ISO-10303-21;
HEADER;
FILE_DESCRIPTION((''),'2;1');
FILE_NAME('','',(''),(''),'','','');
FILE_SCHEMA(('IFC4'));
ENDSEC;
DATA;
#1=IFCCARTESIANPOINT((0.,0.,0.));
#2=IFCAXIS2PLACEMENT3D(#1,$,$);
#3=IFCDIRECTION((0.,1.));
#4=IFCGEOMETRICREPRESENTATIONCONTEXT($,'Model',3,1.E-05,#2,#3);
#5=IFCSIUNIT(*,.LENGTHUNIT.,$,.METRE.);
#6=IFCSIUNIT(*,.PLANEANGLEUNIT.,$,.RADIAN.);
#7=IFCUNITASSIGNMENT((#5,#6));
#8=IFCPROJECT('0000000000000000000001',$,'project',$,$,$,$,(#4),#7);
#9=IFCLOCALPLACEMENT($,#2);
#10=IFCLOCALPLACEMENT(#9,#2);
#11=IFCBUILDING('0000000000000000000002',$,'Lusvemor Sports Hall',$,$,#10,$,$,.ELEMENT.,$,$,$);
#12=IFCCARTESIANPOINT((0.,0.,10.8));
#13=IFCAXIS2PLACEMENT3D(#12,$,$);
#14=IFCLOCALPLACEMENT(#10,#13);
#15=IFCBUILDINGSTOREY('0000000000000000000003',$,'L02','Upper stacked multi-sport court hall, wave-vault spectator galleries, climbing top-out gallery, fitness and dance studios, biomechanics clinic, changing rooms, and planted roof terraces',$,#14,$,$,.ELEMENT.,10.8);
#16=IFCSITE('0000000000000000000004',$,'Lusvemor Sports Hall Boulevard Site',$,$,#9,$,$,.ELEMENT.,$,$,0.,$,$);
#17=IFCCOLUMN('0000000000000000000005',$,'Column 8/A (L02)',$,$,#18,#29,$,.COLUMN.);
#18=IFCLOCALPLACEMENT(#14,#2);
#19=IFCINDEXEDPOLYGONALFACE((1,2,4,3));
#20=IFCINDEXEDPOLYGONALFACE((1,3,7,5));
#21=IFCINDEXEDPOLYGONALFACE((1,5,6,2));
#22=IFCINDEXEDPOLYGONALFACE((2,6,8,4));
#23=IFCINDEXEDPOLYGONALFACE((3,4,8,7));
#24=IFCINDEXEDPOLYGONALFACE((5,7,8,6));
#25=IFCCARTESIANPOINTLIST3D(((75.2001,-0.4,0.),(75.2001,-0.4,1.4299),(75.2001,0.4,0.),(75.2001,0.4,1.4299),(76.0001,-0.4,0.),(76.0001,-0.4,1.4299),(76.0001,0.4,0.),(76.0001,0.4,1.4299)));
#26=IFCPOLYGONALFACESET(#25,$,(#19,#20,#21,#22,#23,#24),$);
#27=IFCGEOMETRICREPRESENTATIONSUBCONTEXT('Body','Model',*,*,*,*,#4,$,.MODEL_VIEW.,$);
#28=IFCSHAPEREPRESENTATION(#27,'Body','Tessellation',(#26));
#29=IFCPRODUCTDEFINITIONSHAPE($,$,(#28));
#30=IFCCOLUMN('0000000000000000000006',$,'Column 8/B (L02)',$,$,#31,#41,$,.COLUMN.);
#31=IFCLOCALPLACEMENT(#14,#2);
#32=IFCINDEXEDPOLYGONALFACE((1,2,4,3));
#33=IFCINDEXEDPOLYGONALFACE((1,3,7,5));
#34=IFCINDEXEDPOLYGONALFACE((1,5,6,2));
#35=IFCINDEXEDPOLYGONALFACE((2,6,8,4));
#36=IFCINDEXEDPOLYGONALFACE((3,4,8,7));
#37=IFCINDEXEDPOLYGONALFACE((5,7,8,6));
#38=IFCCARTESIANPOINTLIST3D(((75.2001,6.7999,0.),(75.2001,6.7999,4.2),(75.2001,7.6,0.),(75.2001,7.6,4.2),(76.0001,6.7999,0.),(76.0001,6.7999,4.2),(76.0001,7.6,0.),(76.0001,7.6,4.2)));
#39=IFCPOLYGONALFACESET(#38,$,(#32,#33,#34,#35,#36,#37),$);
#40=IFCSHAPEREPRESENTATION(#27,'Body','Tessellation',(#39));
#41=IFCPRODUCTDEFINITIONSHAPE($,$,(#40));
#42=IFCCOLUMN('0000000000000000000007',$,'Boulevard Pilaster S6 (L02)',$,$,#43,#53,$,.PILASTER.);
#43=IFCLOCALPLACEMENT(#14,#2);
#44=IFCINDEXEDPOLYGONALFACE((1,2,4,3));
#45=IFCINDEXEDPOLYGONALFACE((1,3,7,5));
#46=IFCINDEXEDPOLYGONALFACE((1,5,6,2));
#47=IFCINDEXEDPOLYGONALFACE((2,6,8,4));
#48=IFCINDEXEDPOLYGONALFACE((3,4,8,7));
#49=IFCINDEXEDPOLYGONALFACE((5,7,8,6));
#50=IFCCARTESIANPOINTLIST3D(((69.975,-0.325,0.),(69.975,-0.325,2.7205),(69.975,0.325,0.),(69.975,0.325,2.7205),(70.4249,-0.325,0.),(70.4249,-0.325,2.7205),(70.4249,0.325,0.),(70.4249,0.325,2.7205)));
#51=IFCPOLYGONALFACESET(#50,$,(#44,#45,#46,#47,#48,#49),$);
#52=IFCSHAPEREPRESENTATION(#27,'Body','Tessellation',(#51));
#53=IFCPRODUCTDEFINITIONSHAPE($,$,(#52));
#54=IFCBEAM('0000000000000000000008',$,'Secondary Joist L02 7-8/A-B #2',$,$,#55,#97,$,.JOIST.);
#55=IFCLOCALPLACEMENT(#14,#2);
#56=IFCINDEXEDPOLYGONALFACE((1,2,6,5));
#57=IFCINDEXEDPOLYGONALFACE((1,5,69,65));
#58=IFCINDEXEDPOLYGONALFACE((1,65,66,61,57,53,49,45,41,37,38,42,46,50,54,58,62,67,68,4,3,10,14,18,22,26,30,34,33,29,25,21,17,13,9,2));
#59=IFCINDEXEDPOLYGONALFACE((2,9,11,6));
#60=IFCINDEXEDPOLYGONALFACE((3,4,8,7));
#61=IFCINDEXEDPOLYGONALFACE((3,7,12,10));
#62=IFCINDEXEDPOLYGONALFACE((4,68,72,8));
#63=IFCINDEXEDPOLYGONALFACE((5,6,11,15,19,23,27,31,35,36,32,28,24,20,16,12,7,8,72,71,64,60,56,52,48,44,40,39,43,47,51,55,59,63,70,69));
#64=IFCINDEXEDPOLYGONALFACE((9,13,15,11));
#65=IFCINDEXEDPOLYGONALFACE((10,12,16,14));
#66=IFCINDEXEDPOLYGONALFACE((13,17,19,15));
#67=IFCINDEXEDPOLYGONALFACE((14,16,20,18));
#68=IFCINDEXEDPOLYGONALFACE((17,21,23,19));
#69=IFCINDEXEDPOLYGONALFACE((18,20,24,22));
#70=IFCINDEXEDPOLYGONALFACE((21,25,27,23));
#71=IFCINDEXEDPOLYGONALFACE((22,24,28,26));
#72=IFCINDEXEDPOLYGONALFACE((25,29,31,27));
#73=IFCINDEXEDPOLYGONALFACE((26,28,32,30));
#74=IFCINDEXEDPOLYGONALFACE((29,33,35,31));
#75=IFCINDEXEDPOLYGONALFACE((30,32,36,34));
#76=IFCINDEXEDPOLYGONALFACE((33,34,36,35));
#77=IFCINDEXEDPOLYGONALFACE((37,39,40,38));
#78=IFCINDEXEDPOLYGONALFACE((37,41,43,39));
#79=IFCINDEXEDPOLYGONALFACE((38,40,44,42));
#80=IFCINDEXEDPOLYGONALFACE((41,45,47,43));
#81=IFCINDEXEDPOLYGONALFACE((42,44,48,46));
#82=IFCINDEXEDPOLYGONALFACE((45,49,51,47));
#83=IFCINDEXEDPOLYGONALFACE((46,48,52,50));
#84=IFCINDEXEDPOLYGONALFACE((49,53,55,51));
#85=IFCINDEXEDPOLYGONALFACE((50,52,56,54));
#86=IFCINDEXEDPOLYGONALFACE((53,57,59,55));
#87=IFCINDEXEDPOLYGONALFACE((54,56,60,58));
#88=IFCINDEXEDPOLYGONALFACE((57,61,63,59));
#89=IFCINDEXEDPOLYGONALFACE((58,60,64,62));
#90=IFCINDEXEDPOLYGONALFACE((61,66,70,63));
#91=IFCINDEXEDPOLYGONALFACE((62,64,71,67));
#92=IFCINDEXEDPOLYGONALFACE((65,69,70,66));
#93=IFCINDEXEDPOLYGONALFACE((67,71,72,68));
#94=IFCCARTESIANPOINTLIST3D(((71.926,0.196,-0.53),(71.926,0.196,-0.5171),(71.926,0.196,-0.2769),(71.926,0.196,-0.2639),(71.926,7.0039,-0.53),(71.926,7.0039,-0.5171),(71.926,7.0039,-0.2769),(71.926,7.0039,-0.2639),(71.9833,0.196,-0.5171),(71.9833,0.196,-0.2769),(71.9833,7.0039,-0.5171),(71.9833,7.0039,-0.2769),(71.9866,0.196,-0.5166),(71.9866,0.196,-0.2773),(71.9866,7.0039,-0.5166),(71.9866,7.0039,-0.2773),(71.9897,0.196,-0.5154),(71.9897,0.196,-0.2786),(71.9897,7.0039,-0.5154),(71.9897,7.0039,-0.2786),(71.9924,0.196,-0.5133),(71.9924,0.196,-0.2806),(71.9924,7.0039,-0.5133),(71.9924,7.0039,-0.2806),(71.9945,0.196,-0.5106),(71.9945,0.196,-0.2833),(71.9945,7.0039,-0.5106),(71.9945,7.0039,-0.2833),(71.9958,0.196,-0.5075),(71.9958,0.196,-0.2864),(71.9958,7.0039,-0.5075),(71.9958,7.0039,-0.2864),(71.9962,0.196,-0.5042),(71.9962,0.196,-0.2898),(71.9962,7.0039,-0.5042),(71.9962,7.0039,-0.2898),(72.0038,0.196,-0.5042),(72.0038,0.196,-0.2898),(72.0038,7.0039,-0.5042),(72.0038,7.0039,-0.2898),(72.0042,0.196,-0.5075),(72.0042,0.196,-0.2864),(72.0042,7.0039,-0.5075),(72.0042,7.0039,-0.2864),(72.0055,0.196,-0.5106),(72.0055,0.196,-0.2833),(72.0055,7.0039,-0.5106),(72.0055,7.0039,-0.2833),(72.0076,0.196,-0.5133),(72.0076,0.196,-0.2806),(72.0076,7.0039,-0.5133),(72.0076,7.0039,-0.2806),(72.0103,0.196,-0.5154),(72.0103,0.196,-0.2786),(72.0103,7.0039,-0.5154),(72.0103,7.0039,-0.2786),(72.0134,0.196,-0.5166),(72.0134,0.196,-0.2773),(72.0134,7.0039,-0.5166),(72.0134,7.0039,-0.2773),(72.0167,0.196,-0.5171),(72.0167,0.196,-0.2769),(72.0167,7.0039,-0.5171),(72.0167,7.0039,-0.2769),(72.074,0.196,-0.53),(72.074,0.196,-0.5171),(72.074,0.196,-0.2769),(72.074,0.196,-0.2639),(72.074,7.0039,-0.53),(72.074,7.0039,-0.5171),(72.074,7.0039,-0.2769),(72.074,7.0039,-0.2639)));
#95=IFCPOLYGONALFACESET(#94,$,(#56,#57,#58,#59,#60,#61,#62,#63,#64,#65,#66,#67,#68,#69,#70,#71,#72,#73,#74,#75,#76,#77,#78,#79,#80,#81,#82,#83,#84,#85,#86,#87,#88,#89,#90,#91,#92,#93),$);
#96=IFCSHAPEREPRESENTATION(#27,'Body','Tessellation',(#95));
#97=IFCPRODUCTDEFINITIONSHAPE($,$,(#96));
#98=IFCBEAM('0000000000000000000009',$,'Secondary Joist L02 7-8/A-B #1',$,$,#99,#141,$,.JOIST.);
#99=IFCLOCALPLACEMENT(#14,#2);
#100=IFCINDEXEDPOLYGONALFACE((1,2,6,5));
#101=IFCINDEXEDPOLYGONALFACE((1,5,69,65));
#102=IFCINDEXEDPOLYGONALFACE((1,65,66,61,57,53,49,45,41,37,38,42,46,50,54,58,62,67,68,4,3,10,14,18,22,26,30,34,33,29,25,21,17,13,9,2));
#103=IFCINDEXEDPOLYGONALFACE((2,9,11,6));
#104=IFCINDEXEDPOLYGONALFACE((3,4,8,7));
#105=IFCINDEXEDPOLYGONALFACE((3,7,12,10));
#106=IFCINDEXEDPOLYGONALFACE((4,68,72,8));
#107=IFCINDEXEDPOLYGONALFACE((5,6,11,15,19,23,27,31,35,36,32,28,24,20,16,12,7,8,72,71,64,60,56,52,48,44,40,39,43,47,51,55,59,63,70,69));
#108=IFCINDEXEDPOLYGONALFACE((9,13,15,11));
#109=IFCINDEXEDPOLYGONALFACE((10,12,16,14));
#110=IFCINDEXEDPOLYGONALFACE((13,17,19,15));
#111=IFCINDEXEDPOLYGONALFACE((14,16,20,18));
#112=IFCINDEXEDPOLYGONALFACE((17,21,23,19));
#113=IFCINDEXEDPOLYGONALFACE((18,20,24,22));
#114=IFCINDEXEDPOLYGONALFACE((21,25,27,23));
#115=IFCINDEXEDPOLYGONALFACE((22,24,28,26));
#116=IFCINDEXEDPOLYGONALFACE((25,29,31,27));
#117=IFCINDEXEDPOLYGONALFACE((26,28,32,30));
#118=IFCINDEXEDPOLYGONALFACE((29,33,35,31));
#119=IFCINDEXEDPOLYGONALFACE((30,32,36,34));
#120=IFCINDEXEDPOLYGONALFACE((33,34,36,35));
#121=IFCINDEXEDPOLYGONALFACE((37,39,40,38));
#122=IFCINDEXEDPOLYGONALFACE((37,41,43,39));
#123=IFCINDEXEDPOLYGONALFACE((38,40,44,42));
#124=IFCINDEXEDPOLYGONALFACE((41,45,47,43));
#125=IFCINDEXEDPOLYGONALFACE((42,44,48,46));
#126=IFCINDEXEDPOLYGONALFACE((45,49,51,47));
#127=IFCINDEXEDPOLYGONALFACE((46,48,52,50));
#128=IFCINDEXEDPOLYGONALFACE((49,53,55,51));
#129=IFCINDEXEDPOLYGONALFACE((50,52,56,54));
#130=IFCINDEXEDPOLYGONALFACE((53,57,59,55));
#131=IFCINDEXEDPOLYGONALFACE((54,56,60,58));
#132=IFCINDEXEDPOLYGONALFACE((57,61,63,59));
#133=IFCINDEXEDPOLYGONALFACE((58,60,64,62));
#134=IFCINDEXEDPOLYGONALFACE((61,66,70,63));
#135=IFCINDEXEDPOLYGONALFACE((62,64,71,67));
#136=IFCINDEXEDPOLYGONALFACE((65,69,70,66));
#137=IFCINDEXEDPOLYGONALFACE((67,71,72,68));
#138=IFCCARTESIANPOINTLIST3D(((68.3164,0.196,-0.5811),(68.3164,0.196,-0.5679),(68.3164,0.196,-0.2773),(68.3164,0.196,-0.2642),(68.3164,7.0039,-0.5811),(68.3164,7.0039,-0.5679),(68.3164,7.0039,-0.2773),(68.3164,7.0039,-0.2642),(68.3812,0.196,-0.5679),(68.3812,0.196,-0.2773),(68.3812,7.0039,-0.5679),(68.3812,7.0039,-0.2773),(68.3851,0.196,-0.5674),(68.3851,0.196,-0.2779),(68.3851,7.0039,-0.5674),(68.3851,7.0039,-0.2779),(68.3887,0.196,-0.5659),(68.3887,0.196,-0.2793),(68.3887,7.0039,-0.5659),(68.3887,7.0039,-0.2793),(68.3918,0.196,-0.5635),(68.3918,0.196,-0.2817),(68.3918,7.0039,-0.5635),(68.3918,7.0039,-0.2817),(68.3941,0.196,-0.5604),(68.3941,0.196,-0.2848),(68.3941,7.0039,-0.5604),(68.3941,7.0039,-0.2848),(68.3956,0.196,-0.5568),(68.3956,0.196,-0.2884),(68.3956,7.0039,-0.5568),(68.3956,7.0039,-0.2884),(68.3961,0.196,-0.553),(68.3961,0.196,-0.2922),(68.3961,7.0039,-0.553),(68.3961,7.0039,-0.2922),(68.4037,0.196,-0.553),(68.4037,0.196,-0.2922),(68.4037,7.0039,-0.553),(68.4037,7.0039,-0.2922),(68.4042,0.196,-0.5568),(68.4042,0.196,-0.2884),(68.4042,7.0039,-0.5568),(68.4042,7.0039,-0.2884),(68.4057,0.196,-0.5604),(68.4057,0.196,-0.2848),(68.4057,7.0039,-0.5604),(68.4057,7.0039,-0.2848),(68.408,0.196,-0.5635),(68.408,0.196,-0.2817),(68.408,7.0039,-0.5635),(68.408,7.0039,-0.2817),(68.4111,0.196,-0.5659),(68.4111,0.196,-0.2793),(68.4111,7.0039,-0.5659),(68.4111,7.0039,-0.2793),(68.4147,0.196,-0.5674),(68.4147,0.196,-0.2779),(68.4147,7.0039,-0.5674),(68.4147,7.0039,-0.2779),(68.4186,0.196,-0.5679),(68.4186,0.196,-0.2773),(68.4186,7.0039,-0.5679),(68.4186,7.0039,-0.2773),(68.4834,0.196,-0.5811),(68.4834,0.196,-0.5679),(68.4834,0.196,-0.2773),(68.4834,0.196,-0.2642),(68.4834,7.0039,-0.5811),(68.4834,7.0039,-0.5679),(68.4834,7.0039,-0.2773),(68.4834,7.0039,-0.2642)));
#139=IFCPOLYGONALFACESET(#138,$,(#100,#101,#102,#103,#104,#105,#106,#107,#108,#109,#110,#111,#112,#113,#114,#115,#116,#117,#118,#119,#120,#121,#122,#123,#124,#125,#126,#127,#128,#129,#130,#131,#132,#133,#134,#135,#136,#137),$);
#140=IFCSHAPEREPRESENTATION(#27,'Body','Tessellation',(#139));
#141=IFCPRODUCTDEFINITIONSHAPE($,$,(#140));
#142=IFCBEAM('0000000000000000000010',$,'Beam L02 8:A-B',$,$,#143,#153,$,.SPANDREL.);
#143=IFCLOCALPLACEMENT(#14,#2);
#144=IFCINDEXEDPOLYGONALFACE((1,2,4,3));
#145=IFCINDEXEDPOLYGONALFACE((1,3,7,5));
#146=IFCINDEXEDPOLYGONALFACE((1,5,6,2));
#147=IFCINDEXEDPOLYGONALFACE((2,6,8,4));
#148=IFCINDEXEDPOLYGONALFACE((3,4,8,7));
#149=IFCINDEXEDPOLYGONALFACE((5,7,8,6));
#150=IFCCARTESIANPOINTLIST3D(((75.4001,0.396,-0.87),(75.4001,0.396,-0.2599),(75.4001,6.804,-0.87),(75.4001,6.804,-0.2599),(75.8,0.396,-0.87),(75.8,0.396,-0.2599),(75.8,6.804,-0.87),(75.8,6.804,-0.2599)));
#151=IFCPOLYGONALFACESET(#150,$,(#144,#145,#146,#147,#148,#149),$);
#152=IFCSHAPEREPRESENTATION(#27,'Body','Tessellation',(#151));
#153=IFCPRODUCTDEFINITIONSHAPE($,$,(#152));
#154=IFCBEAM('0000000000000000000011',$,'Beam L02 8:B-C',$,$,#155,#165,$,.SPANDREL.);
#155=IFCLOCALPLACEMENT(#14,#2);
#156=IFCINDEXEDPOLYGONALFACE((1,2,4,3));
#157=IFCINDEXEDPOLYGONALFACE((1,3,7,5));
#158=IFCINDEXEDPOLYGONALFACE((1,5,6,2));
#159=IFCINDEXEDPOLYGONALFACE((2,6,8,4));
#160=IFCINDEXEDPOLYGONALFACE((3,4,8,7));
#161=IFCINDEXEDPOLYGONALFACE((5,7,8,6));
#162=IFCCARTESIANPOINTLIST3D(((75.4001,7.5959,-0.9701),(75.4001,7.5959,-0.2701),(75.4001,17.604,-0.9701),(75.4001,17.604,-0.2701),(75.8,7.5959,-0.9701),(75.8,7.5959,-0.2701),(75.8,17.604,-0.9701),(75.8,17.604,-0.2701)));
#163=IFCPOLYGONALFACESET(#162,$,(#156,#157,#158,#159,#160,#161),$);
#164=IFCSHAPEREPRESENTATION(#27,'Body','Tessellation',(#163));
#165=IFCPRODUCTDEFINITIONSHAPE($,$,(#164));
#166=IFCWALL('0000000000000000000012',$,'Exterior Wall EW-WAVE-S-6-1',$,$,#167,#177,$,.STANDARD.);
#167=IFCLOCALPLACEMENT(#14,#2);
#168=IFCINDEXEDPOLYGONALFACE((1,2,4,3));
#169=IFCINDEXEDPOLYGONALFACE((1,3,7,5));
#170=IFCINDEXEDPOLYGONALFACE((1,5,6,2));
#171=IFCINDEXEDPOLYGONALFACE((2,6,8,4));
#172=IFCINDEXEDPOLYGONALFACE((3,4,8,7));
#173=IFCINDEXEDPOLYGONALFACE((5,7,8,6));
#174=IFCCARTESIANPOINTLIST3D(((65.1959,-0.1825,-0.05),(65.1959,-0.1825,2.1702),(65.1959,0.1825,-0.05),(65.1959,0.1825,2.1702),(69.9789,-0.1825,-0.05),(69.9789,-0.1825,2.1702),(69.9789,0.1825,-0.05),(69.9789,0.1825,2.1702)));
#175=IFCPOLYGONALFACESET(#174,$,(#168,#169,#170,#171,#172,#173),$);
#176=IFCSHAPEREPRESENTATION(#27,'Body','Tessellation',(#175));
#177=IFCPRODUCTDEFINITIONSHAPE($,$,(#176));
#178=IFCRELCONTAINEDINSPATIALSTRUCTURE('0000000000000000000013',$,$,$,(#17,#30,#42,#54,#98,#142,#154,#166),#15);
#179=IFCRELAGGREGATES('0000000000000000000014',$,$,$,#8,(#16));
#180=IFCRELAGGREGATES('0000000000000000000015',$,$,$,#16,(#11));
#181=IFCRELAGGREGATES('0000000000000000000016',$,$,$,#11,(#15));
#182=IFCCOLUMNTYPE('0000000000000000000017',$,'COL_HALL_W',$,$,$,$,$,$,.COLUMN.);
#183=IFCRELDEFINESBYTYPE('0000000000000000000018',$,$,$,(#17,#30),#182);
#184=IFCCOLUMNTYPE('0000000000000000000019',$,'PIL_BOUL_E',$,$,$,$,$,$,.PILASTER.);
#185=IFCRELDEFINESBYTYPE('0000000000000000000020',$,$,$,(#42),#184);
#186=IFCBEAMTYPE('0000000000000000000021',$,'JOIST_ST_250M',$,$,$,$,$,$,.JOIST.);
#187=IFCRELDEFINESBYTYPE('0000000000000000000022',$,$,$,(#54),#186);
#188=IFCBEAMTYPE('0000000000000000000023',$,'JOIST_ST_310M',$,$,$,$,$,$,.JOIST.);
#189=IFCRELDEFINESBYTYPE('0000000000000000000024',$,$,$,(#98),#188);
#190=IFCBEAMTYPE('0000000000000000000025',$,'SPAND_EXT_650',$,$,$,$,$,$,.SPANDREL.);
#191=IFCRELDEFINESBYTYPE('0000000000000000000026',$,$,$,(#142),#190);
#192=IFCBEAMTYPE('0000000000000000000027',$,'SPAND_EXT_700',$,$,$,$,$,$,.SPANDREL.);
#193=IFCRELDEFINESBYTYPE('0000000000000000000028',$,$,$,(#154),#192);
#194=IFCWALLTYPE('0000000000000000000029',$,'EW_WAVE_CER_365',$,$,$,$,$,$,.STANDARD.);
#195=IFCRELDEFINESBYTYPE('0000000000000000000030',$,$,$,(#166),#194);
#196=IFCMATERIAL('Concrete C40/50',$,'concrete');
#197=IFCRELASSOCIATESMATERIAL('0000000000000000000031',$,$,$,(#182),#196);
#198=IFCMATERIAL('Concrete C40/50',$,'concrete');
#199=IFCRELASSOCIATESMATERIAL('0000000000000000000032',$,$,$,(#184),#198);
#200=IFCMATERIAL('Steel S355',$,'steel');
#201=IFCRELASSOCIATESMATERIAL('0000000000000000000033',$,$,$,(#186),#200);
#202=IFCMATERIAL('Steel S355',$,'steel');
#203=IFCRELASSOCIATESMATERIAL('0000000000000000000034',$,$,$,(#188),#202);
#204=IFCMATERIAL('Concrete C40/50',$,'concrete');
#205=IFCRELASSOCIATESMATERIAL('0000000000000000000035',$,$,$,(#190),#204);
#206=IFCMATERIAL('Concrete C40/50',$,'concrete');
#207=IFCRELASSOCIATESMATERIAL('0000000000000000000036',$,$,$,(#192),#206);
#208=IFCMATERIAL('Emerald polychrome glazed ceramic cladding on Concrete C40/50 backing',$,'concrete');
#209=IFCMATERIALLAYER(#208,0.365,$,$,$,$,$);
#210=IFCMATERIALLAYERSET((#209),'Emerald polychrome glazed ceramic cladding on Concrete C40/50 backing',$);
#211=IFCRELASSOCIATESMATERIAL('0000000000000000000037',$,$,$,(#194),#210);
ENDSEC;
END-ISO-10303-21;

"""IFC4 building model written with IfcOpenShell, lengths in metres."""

from ifc_helpers import new_model, si_unit, direction, frame, frame_2d, origin, origin_2d, place, context, subcontext, project, spatial, rectangle, i_section, extrude, material, layer, layer_set, material_profile, profile_set, type_object, element, save


model = new_model("IFC4")

# Units and contexts
model_context = context("Model", 3, precision=1e-05, world=origin(), true_north=direction((0.0, 1.0)))
body_context = subcontext(model_context, "Body", "Model", "MODEL_VIEW")
ifc_project = project(units=[si_unit("LENGTHUNIT", "METRE"), si_unit("PLANEANGLEUNIT", "RADIAN")], contexts=[model_context])

# Site, building, storey
site_placement = place(None, origin())
site = spatial("IfcSite", under=ifc_project, at=site_placement, Name="Lusvemor Sports Hall Boulevard Site", CompositionType="ELEMENT", RefElevation=0.0)
building_placement = place(site_placement, origin())
building = spatial("IfcBuilding", under=site, at=building_placement, Name="Lusvemor Sports Hall", CompositionType="ELEMENT")
storey_placement = place(building_placement, frame((0.0, 0.0, 10.8)))
storey = spatial("IfcBuildingStorey", under=building, at=storey_placement, Name="L02", Description="Upper stacked multi-sport court hall, wave-vault spectator galleries, climbing top-out gallery, fitness and dance studios, biomechanics clinic, changing rooms, and planted roof terraces", CompositionType="ELEMENT", Elevation=10.8)

# Columns
ifc_material_1 = material(Name="Concrete C40/50", Category="concrete")
ifc_material_profile_1 = material_profile(ifc_material_1, rectangle(XDim=0.8, YDim=0.8, at=origin_2d()), Name="RC800x800")
ifc_profile_set_1 = profile_set([ifc_material_profile_1], Name="Concrete C40/50")
column_type_1 = type_object("IfcColumnType", Name="COL_HALL_W", PredefinedType="COLUMN", material=ifc_profile_set_1)
column_1_placement = place(storey_placement, frame((75.6001, 0.0, 0.0), z_axis=(0.0, 0.0, 1.0), x_axis=(1.0, 0.0, 0.0)))
element("IfcColumn", 1, at=column_1_placement, inside=storey, type_object=column_type_1, Name="Column 8/A (L02)", PredefinedType="COLUMN", context=body_context, shape_type="SweptSolid", body=[
    extrude(rectangle(XDim=0.8, YDim=0.8, at=origin_2d()), origin(), (0.0, 0.0, 1.0), 1.4299),
])
column_2_placement = place(storey_placement, frame((75.6001, 7.2, 0.0), z_axis=(0.0, 0.0, 1.0), x_axis=(1.0, 0.0, 0.0)))
element("IfcColumn", 2, at=column_2_placement, inside=storey, type_object=column_type_1, Name="Column 8/B (L02)", PredefinedType="COLUMN", context=body_context, shape_type="SweptSolid", body=[
    extrude(rectangle(XDim=0.8, YDim=0.8, at=origin_2d()), origin(), (0.0, 0.0, 1.0), 4.2),
])
ifc_material_2 = material(Name="Concrete C40/50", Category="concrete")
ifc_material_profile_2 = material_profile(ifc_material_2, rectangle(XDim=0.45, YDim=0.6499, at=origin_2d()), Name="RC450x650")
ifc_profile_set_2 = profile_set([ifc_material_profile_2], Name="Concrete C40/50")
column_type_2 = type_object("IfcColumnType", Name="PIL_BOUL_E", PredefinedType="PILASTER", material=ifc_profile_set_2)
column_3_placement = place(storey_placement, frame((70.2, 0.0, 0.0), z_axis=(0.0, 0.0, 1.0), x_axis=(1.0, 0.0, 0.0)))
element("IfcColumn", 3, at=column_3_placement, inside=storey, type_object=column_type_2, Name="Boulevard Pilaster S6 (L02)", PredefinedType="PILASTER", context=body_context, shape_type="SweptSolid", body=[
    extrude(rectangle(XDim=0.45, YDim=0.6499, at=origin_2d()), origin(), (0.0, 0.0, 1.0), 2.7205),
])

# Beams
ifc_material_3 = material(Name="Steel S355", Category="steel")
ifc_material_profile_3 = material_profile(ifc_material_3, i_section(OverallWidth=0.1479, OverallDepth=0.2661, WebThickness=0.0076, FlangeThickness=0.0129, FilletRadius=0.0129, at=origin_2d()), Name="W250x44.8")
ifc_profile_set_3 = profile_set([ifc_material_profile_3], Name="Steel S355")
beam_type_1 = type_object("IfcBeamType", Name="JOIST_ST_250M", PredefinedType="JOIST", material=ifc_profile_set_3)
beam_1_placement = place(storey_placement, frame((72.0, 0.196, -0.397), z_axis=(0.0, 1.0, 0.0), x_axis=(-1.0, 0.0, 0.0)))
element("IfcBeam", 4, at=beam_1_placement, inside=storey, type_object=beam_type_1, Name="Secondary Joist L02 7-8/A-B #2", PredefinedType="JOIST", context=body_context, shape_type="SweptSolid", body=[
    extrude(i_section(OverallWidth=0.1479, OverallDepth=0.2661, WebThickness=0.0076, FlangeThickness=0.0129, FilletRadius=0.0129, at=origin_2d()), origin(), (0.0, 0.0, 1.0), 6.8079),
])
ifc_material_4 = material(Name="Steel S355", Category="steel")
ifc_material_profile_4 = material_profile(ifc_material_4, i_section(OverallWidth=0.167, OverallDepth=0.3169, WebThickness=0.0076, FlangeThickness=0.0132, FilletRadius=0.0149, at=origin_2d()), Name="W310x52.0")
ifc_profile_set_4 = profile_set([ifc_material_profile_4], Name="Steel S355")
beam_type_2 = type_object("IfcBeamType", Name="JOIST_ST_310M", PredefinedType="JOIST", material=ifc_profile_set_4)
beam_2_placement = place(storey_placement, frame((68.3999, 0.196, -0.4226), z_axis=(0.0, 1.0, 0.0), x_axis=(-1.0, 0.0, 0.0)))
element("IfcBeam", 5, at=beam_2_placement, inside=storey, type_object=beam_type_2, Name="Secondary Joist L02 7-8/A-B #1", PredefinedType="JOIST", context=body_context, shape_type="SweptSolid", body=[
    extrude(i_section(OverallWidth=0.167, OverallDepth=0.3169, WebThickness=0.0076, FlangeThickness=0.0132, FilletRadius=0.0149, at=origin_2d()), origin(), (0.0, 0.0, 1.0), 6.8079),
])
ifc_material_5 = material(Name="Concrete C40/50", Category="concrete")
ifc_material_profile_5 = material_profile(ifc_material_5, rectangle(XDim=0.3999, YDim=0.6101, at=origin_2d()), Name="RC400x610")
ifc_profile_set_5 = profile_set([ifc_material_profile_5], Name="Concrete C40/50")
beam_type_3 = type_object("IfcBeamType", Name="SPAND_EXT_650", PredefinedType="SPANDREL", material=ifc_profile_set_5)
beam_3_placement = place(storey_placement, frame((75.6001, 0.396, -0.5649), z_axis=(0.0, 1.0, 0.0), x_axis=(-1.0, 0.0, 0.0)))
element("IfcBeam", 6, at=beam_3_placement, inside=storey, type_object=beam_type_3, Name="Beam L02 8:A-B", PredefinedType="SPANDREL", context=body_context, shape_type="SweptSolid", body=[
    extrude(rectangle(XDim=0.3999, YDim=0.6101, at=origin_2d()), origin(), (0.0, 0.0, 1.0), 6.408),
])
ifc_material_6 = material(Name="Concrete C40/50", Category="concrete")
ifc_material_profile_6 = material_profile(ifc_material_6, rectangle(XDim=0.3999, YDim=0.7, at=origin_2d()), Name="RC400x700")
ifc_profile_set_6 = profile_set([ifc_material_profile_6], Name="Concrete C40/50")
beam_type_4 = type_object("IfcBeamType", Name="SPAND_EXT_700", PredefinedType="SPANDREL", material=ifc_profile_set_6)
beam_4_placement = place(storey_placement, frame((75.6001, 7.5959, -0.6201), z_axis=(0.0, 1.0, 0.0), x_axis=(-1.0, 0.0, 0.0)))
element("IfcBeam", 7, at=beam_4_placement, inside=storey, type_object=beam_type_4, Name="Beam L02 8:B-C", PredefinedType="SPANDREL", context=body_context, shape_type="SweptSolid", body=[
    extrude(rectangle(XDim=0.3999, YDim=0.7, at=origin_2d()), origin(), (0.0, 0.0, 1.0), 10.0081),
])

# Wall
ifc_material_7 = material(Name="Emerald polychrome glazed ceramic cladding on Concrete C40/50 backing", Category="concrete")
ifc_layer_1 = layer(ifc_material_7, 0.365)
ifc_layer_set_1 = layer_set([ifc_layer_1], Name="Emerald polychrome glazed ceramic cladding on Concrete C40/50 backing")
wall_type = type_object("IfcWallType", Name="EW_WAVE_CER_365", PredefinedType="STANDARD", material=ifc_layer_set_1)
wall_1_placement = place(storey_placement, frame((69.979, 0.0, -0.05), z_axis=(0.0, 0.0, 1.0), x_axis=(-1.0, 0.0, 0.0)))
element("IfcWall", 8, at=wall_1_placement, inside=storey, type_object=wall_type, Name="Exterior Wall EW-WAVE-S-6-1", PredefinedType="STANDARD", context=body_context, shape_type="SweptSolid", body=[
    extrude(rectangle(XDim=4.783, YDim=0.365, at=frame_2d((2.3916, 0.0))), origin(), (0.0, 0.0, 1.0), 2.2202),
])

save(model, "model.ifc")
